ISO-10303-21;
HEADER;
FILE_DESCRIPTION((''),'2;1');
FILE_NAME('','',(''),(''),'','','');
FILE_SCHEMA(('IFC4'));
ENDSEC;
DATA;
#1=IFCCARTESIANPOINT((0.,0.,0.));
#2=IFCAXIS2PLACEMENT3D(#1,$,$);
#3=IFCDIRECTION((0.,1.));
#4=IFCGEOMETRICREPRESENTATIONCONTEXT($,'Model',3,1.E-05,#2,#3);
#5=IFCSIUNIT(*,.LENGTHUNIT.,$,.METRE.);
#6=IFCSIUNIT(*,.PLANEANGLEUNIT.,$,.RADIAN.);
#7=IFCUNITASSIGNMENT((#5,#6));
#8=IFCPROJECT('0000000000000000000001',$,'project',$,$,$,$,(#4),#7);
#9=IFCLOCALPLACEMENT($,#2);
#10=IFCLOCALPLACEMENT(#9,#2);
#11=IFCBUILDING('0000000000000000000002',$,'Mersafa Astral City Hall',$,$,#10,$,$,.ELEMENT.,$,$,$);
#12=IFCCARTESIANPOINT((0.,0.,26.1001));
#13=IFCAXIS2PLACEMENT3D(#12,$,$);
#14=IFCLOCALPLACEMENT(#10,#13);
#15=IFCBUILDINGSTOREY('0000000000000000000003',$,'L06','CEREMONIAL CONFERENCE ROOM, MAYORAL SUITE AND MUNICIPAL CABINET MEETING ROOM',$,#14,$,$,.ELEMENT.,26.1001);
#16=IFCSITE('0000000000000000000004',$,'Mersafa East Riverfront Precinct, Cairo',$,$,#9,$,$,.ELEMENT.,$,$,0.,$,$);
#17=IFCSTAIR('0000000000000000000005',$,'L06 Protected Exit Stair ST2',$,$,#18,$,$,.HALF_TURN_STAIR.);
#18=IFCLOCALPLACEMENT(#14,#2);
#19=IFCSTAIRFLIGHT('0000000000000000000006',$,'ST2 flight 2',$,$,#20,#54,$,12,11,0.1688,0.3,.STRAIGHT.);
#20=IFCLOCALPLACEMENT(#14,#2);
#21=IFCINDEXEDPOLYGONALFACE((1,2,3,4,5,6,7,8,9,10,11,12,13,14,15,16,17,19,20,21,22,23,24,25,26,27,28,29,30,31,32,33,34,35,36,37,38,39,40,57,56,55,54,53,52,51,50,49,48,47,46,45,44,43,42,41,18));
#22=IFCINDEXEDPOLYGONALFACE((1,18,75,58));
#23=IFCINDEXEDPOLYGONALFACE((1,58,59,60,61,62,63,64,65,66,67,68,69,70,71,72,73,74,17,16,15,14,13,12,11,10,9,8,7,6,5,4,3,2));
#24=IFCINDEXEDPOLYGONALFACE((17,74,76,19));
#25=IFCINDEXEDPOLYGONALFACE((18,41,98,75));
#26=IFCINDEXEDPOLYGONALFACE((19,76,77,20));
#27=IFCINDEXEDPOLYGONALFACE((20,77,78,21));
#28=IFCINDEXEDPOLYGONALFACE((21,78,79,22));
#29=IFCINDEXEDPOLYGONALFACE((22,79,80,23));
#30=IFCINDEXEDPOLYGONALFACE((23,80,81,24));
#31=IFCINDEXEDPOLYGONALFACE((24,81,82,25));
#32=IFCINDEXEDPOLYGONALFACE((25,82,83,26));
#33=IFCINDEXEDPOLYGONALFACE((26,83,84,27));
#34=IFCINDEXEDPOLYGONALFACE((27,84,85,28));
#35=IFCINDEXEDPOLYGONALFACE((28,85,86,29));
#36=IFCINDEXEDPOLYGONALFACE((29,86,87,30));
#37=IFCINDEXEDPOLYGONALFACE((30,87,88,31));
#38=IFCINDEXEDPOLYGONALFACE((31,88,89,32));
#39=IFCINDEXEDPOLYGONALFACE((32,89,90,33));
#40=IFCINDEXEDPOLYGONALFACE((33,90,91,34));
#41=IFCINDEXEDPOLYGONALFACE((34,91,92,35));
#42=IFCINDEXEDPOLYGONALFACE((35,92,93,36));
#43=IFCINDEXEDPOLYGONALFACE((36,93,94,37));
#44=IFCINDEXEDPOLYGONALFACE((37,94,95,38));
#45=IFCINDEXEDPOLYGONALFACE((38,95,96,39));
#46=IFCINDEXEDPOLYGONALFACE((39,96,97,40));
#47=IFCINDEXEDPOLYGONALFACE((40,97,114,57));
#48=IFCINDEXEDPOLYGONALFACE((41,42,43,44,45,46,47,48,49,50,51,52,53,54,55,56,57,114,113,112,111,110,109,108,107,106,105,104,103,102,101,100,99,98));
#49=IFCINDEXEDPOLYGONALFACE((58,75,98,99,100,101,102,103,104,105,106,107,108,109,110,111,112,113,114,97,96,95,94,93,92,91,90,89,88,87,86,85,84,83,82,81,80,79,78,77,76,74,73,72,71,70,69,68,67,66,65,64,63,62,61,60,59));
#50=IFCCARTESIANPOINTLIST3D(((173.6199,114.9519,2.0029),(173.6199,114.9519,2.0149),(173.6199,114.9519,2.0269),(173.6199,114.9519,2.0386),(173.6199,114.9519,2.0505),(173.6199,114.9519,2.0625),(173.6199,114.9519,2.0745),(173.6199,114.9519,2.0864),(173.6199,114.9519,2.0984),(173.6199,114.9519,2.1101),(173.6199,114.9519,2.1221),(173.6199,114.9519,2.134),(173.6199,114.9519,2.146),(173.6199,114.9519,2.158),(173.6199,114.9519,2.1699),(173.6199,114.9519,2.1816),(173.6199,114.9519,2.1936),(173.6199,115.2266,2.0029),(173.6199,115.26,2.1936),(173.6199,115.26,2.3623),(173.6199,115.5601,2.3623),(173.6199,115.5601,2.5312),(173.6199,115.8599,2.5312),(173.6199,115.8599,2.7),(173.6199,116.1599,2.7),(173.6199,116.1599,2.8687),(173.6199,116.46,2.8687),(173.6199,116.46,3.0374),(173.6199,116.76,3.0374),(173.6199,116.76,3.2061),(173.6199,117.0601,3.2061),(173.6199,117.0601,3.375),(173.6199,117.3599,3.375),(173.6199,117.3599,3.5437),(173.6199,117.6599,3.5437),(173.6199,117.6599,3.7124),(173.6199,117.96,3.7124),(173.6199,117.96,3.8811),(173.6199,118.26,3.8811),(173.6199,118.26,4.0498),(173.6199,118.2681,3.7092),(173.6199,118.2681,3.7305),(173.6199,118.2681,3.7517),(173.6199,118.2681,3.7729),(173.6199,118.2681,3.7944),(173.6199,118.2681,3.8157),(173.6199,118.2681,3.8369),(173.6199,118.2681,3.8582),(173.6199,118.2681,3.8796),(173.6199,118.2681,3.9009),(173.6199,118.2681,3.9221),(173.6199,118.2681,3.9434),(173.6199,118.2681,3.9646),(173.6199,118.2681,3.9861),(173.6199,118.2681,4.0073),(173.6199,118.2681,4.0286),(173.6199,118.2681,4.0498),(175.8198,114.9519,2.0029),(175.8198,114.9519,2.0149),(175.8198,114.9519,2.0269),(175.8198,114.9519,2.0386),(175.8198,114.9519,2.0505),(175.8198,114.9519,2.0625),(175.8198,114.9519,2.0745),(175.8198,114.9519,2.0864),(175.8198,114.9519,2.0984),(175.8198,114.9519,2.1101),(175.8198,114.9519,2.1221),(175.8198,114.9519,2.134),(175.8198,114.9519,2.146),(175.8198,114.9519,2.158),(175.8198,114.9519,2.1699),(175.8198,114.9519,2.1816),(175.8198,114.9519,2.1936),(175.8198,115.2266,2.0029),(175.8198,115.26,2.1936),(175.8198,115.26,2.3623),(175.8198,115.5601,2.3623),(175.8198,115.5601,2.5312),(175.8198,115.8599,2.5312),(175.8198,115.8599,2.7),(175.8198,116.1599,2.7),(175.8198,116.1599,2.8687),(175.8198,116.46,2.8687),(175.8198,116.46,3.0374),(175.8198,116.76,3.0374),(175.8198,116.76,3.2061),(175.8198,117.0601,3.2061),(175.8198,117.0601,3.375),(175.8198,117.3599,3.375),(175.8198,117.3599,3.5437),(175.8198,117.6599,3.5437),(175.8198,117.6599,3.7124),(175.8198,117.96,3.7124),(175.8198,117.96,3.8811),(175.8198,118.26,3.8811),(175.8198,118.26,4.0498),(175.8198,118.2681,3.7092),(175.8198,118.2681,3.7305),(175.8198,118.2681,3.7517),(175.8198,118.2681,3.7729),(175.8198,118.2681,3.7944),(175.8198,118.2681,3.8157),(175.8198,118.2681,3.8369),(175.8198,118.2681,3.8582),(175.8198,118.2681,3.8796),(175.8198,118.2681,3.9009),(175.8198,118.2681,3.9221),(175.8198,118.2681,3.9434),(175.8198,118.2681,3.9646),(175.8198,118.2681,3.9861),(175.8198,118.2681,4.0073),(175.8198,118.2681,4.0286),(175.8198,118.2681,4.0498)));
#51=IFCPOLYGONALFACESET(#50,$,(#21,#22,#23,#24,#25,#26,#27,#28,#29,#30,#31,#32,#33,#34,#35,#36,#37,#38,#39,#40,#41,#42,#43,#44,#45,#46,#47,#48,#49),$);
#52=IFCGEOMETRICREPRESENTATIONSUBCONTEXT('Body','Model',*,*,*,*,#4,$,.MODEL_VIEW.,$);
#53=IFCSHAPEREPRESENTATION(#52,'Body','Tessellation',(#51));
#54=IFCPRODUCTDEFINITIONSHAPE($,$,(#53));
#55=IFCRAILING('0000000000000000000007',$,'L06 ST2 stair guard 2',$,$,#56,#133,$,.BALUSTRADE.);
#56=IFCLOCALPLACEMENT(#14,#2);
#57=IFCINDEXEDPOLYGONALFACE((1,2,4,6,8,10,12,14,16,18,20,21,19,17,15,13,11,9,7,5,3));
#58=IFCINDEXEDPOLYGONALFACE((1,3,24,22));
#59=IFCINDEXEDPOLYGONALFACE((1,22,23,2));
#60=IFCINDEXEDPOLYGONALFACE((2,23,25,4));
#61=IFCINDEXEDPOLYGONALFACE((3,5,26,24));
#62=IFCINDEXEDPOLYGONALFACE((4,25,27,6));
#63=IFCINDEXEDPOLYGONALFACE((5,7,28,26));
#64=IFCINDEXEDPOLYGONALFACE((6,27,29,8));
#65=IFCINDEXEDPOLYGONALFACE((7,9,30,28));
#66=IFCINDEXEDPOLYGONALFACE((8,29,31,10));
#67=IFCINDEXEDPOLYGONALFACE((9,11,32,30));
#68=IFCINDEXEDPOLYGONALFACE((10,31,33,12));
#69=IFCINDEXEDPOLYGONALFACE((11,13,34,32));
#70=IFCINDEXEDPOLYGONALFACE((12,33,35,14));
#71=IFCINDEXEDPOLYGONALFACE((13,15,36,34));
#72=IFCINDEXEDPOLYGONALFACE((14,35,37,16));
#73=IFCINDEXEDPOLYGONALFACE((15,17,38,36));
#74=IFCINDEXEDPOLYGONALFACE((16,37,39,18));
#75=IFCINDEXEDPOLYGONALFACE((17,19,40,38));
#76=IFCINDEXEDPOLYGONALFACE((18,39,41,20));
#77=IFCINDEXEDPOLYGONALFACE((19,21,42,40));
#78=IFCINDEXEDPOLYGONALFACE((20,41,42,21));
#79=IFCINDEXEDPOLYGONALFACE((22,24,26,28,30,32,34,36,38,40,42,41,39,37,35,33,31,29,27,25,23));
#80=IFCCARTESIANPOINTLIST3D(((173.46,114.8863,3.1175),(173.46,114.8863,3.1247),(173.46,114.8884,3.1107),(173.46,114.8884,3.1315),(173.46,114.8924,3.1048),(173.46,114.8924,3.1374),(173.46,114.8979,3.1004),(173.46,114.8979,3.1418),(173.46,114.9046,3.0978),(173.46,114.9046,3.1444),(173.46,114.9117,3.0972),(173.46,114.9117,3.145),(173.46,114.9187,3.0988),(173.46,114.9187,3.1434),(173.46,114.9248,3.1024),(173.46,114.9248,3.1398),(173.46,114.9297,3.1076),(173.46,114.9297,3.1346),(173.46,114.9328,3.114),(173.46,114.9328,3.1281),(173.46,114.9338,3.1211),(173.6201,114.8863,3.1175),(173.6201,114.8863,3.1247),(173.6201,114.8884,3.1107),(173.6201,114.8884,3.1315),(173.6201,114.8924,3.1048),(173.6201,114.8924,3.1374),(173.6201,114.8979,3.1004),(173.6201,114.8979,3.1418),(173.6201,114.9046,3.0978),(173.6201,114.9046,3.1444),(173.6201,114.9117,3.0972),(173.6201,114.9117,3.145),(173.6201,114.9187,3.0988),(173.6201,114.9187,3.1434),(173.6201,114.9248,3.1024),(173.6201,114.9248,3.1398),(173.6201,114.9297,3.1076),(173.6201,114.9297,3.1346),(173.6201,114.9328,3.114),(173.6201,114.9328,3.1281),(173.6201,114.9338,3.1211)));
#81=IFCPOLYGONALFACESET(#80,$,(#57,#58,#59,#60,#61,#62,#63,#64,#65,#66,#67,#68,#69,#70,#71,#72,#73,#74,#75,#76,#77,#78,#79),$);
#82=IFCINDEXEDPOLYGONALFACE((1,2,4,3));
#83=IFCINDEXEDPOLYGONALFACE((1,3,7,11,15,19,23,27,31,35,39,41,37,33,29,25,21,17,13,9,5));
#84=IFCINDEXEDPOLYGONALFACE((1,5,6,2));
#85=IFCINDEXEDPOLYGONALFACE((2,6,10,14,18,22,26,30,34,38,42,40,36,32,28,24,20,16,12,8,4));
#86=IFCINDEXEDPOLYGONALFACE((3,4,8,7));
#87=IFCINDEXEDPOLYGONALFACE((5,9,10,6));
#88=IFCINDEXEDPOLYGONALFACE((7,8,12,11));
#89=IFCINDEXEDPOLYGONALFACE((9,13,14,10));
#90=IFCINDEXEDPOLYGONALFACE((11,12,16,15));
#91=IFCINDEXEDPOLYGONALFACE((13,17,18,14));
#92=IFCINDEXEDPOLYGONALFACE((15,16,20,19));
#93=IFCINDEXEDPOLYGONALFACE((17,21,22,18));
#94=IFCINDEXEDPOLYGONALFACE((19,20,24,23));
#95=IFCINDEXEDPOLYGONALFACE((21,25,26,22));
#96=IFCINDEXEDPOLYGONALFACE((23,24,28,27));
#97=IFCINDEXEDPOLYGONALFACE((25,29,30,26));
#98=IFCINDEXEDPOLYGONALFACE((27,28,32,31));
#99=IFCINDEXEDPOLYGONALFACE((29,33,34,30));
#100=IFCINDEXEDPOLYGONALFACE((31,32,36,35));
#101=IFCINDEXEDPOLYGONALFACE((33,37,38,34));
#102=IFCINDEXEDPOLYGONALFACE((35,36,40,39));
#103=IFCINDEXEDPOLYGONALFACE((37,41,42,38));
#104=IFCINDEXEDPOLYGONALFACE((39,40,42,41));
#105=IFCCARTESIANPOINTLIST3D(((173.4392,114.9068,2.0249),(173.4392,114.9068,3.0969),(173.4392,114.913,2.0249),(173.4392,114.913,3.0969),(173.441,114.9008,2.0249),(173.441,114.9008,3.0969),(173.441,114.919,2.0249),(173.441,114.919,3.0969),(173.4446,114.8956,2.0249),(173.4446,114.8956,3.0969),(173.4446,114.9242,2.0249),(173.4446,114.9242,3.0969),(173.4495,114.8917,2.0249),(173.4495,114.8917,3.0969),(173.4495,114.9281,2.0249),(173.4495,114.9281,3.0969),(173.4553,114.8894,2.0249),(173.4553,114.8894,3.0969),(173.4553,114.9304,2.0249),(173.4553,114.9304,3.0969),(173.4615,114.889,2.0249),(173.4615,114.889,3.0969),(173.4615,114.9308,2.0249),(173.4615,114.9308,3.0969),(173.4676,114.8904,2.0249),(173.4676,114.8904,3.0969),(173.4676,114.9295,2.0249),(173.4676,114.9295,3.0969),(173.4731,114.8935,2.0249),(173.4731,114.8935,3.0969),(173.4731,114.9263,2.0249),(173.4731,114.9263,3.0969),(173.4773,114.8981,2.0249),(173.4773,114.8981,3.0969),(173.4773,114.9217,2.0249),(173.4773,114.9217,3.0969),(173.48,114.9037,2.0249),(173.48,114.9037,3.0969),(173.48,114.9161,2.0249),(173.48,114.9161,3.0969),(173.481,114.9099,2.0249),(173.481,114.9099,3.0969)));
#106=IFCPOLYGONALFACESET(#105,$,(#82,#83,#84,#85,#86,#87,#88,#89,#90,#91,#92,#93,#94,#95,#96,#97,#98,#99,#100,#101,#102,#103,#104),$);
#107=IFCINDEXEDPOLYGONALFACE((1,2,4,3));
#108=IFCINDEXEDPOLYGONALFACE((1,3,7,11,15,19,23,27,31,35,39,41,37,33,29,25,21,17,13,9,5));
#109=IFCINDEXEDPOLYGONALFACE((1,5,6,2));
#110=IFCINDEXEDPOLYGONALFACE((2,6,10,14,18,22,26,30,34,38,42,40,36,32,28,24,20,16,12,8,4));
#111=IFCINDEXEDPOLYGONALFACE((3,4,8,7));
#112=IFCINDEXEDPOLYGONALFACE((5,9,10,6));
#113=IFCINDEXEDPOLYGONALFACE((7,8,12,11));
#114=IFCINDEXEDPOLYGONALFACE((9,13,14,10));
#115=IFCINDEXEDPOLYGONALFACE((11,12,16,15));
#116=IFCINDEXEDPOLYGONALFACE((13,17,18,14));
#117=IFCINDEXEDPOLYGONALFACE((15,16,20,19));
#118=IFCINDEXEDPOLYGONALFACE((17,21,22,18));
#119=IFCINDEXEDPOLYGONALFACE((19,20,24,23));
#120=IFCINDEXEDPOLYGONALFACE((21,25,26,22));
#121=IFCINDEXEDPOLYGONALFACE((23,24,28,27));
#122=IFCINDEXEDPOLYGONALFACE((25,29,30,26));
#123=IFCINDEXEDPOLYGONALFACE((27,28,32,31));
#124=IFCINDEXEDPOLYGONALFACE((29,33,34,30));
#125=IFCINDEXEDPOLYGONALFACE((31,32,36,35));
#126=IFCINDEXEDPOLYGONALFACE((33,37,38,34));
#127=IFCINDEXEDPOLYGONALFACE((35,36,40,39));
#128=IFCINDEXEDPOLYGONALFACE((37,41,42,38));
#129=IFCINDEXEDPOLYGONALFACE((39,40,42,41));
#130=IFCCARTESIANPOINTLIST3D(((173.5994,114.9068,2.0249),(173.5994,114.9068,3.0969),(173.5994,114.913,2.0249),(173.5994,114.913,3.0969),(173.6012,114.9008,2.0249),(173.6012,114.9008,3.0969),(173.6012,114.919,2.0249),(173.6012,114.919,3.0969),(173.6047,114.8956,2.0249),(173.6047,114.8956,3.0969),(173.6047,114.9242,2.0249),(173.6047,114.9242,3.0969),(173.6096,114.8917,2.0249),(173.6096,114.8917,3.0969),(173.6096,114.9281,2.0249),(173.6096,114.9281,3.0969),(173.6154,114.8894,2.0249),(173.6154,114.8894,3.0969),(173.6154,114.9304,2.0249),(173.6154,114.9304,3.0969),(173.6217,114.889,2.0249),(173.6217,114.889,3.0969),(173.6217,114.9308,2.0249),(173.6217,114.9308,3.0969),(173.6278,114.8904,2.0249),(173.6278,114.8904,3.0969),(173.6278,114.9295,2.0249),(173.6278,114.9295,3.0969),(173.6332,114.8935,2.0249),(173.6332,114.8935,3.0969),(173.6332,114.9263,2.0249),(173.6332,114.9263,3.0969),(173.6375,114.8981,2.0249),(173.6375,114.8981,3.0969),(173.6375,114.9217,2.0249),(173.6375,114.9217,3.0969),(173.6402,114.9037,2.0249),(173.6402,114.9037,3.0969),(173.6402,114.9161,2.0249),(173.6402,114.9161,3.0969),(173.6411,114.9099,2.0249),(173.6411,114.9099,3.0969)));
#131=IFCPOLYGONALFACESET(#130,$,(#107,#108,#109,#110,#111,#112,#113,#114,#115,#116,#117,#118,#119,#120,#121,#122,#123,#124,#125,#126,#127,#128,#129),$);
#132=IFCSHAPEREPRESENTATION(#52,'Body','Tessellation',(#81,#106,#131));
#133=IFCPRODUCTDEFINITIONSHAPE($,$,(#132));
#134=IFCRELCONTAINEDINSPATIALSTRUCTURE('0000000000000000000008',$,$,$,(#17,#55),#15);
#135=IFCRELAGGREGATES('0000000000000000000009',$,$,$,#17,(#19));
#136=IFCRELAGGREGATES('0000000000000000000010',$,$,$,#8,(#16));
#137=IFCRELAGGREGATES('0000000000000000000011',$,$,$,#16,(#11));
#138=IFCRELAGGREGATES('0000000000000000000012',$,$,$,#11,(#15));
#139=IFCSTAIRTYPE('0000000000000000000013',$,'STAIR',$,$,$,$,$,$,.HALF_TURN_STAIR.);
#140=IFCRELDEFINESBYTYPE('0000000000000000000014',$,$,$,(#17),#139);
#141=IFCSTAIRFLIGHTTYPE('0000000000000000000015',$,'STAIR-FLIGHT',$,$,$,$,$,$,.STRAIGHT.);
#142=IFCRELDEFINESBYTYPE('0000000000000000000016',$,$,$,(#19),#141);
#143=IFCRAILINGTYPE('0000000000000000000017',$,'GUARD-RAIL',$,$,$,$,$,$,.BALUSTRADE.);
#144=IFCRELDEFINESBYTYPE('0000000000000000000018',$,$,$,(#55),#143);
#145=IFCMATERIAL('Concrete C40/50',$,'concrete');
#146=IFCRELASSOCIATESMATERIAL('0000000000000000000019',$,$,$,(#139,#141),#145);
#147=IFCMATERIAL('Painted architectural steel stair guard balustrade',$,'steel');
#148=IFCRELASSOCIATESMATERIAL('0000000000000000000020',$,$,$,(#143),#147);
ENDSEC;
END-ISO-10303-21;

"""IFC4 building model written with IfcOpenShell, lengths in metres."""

from ifc_helpers import new_model, si_unit, direction, frame, origin, origin_2d, place, context, subcontext, project, spatial, polyline, circle, outline, extrude, material, type_object, element, aggregate, save


model = new_model("IFC4")

# Units and contexts
model_context = context("Model", 3, precision=1e-05, world=origin(), true_north=direction((0.0, 1.0)))
body_context = subcontext(model_context, "Body", "Model", "MODEL_VIEW")
ifc_project = project(units=[si_unit("LENGTHUNIT", "METRE"), si_unit("PLANEANGLEUNIT", "RADIAN")], contexts=[model_context])

# Site, building, storey
site_placement = place(None, origin())
site = spatial("IfcSite", under=ifc_project, at=site_placement, Name="Mersafa East Riverfront Precinct, Cairo", CompositionType="ELEMENT", RefElevation=0.0)
building_placement = place(site_placement, origin())
building = spatial("IfcBuilding", under=site, at=building_placement, Name="Mersafa Astral City Hall", CompositionType="ELEMENT")
storey_placement = place(building_placement, frame((0.0, 0.0, 26.1001)))
storey = spatial("IfcBuildingStorey", under=building, at=storey_placement, Name="L06", Description="CEREMONIAL CONFERENCE ROOM, MAYORAL SUITE AND MUNICIPAL CABINET MEETING ROOM", CompositionType="ELEMENT", Elevation=26.1001)

# Shared definitions
ifc_material_1 = material(Name="Concrete C40/50", Category="concrete")

# Stair, stair flight
stair_type = type_object("IfcStairType", Name="STAIR", PredefinedType="HALF_TURN_STAIR", material=ifc_material_1)
stair_placement = place(storey_placement, origin())
stair = element("IfcStair", 1, at=stair_placement, inside=storey, type_object=stair_type, Name="L06 Protected Exit Stair ST2", PredefinedType="HALF_TURN_STAIR")
stair_flight_type = type_object("IfcStairFlightType", Name="STAIR-FLIGHT", PredefinedType="STRAIGHT", material=ifc_material_1)
stair_flight_placement = place(storey_placement, frame((174.72, 114.96, 2.0249), z_axis=(0.0, 0.0, 1.0), x_axis=(0.0, 1.0, 0.0)))
stair_flight = element("IfcStairFlight", 2, at=stair_flight_placement, type_object=stair_flight_type, Name="ST2 flight 2", NumberOfRisers=12, NumberOfTreads=11, PredefinedType="STRAIGHT", RiserHeight=0.1688, TreadLength=0.3, context=body_context, shape_type="SweptSolid", body=[
    extrude(outline(polyline([(-0.0081, -0.022), (-0.0081, -0.01), (-0.0081, 0.002), (-0.0081, 0.0137), (-0.0081, 0.0256), (-0.0081, 0.0376), (-0.0081, 0.0496), (-0.0081, 0.0615), (-0.0081, 0.0735), (-0.0081, 0.0852), (-0.0081, 0.0972), (-0.0081, 0.1091), (-0.0081, 0.1211), (-0.0081, 0.1331), (-0.0081, 0.145), (-0.0081, 0.1567), (-0.0081, 0.1687), (0.3, 0.1687), (0.3, 0.3374), (0.6001, 0.3374), (0.6001, 0.5063), (0.8999, 0.5063), (0.8999, 0.675), (1.2, 0.675), (1.2, 0.8438), (1.5, 0.8438), (1.5, 1.0125), (1.8, 1.0125), (1.8, 1.1812), (2.1001, 1.1812), (2.1001, 1.3501), (2.3999, 1.3501), (2.3999, 1.5188), (2.7, 1.5188), (2.7, 1.6875), (3.0, 1.6875), (3.0, 1.8562), (3.3, 1.8562), (3.3, 2.0249), (3.3081, 2.0249), (3.3081, 2.0037), (3.3081, 1.9824), (3.3081, 1.9612), (3.3081, 1.9397), (3.3081, 1.9185), (3.3081, 1.8972), (3.3081, 1.876), (3.3081, 1.8547), (3.3081, 1.8333), (3.3081, 1.812), (3.3081, 1.7908), (3.3081, 1.7695), (3.3081, 1.748), (3.3081, 1.7268), (3.3081, 1.7056), (3.3081, 1.6843), (0.2666, -0.022), (-0.0081, -0.022)])), frame((0.0, 1.1001, 0.0), z_axis=(0.0, -1.0, 0.0), x_axis=(1.0, 0.0, 0.0)), (0.0, 0.0, 1.0), 2.2),
])
aggregate(stair, [stair_flight])

# Railing
ifc_material_2 = material(Name="Painted architectural steel stair guard balustrade", Category="steel")
railing_type_1 = type_object("IfcRailingType", Name="GUARD-RAIL", PredefinedType="BALUSTRADE", material=ifc_material_2)
railing_1_placement = place(storey_placement, frame((173.46, 114.9099, 2.0249)))
element("IfcRailing", 3, at=railing_1_placement, inside=storey, type_object=railing_type_1, Name="L06 ST2 stair guard 2", PredefinedType="BALUSTRADE", context=body_context, shape_type="SweptSolid", body=[
    extrude(circle(Radius=0.0239, at=origin_2d()), frame((0.0, 0.0, 1.0962), z_axis=(1.0, 0.0, 0.0), x_axis=(0.0, 1.0, 0.0)), (0.0, 0.0, 1.0), 0.1602),
    extrude(circle(Radius=0.021, at=origin_2d()), origin(), (0.0, 0.0, 1.0), 1.072),
    extrude(circle(Radius=0.021, at=origin_2d()), frame((0.1602, 0.0, 0.0)), (0.0, 0.0, 1.0), 1.072),
])

save(model, "model.ifc")
